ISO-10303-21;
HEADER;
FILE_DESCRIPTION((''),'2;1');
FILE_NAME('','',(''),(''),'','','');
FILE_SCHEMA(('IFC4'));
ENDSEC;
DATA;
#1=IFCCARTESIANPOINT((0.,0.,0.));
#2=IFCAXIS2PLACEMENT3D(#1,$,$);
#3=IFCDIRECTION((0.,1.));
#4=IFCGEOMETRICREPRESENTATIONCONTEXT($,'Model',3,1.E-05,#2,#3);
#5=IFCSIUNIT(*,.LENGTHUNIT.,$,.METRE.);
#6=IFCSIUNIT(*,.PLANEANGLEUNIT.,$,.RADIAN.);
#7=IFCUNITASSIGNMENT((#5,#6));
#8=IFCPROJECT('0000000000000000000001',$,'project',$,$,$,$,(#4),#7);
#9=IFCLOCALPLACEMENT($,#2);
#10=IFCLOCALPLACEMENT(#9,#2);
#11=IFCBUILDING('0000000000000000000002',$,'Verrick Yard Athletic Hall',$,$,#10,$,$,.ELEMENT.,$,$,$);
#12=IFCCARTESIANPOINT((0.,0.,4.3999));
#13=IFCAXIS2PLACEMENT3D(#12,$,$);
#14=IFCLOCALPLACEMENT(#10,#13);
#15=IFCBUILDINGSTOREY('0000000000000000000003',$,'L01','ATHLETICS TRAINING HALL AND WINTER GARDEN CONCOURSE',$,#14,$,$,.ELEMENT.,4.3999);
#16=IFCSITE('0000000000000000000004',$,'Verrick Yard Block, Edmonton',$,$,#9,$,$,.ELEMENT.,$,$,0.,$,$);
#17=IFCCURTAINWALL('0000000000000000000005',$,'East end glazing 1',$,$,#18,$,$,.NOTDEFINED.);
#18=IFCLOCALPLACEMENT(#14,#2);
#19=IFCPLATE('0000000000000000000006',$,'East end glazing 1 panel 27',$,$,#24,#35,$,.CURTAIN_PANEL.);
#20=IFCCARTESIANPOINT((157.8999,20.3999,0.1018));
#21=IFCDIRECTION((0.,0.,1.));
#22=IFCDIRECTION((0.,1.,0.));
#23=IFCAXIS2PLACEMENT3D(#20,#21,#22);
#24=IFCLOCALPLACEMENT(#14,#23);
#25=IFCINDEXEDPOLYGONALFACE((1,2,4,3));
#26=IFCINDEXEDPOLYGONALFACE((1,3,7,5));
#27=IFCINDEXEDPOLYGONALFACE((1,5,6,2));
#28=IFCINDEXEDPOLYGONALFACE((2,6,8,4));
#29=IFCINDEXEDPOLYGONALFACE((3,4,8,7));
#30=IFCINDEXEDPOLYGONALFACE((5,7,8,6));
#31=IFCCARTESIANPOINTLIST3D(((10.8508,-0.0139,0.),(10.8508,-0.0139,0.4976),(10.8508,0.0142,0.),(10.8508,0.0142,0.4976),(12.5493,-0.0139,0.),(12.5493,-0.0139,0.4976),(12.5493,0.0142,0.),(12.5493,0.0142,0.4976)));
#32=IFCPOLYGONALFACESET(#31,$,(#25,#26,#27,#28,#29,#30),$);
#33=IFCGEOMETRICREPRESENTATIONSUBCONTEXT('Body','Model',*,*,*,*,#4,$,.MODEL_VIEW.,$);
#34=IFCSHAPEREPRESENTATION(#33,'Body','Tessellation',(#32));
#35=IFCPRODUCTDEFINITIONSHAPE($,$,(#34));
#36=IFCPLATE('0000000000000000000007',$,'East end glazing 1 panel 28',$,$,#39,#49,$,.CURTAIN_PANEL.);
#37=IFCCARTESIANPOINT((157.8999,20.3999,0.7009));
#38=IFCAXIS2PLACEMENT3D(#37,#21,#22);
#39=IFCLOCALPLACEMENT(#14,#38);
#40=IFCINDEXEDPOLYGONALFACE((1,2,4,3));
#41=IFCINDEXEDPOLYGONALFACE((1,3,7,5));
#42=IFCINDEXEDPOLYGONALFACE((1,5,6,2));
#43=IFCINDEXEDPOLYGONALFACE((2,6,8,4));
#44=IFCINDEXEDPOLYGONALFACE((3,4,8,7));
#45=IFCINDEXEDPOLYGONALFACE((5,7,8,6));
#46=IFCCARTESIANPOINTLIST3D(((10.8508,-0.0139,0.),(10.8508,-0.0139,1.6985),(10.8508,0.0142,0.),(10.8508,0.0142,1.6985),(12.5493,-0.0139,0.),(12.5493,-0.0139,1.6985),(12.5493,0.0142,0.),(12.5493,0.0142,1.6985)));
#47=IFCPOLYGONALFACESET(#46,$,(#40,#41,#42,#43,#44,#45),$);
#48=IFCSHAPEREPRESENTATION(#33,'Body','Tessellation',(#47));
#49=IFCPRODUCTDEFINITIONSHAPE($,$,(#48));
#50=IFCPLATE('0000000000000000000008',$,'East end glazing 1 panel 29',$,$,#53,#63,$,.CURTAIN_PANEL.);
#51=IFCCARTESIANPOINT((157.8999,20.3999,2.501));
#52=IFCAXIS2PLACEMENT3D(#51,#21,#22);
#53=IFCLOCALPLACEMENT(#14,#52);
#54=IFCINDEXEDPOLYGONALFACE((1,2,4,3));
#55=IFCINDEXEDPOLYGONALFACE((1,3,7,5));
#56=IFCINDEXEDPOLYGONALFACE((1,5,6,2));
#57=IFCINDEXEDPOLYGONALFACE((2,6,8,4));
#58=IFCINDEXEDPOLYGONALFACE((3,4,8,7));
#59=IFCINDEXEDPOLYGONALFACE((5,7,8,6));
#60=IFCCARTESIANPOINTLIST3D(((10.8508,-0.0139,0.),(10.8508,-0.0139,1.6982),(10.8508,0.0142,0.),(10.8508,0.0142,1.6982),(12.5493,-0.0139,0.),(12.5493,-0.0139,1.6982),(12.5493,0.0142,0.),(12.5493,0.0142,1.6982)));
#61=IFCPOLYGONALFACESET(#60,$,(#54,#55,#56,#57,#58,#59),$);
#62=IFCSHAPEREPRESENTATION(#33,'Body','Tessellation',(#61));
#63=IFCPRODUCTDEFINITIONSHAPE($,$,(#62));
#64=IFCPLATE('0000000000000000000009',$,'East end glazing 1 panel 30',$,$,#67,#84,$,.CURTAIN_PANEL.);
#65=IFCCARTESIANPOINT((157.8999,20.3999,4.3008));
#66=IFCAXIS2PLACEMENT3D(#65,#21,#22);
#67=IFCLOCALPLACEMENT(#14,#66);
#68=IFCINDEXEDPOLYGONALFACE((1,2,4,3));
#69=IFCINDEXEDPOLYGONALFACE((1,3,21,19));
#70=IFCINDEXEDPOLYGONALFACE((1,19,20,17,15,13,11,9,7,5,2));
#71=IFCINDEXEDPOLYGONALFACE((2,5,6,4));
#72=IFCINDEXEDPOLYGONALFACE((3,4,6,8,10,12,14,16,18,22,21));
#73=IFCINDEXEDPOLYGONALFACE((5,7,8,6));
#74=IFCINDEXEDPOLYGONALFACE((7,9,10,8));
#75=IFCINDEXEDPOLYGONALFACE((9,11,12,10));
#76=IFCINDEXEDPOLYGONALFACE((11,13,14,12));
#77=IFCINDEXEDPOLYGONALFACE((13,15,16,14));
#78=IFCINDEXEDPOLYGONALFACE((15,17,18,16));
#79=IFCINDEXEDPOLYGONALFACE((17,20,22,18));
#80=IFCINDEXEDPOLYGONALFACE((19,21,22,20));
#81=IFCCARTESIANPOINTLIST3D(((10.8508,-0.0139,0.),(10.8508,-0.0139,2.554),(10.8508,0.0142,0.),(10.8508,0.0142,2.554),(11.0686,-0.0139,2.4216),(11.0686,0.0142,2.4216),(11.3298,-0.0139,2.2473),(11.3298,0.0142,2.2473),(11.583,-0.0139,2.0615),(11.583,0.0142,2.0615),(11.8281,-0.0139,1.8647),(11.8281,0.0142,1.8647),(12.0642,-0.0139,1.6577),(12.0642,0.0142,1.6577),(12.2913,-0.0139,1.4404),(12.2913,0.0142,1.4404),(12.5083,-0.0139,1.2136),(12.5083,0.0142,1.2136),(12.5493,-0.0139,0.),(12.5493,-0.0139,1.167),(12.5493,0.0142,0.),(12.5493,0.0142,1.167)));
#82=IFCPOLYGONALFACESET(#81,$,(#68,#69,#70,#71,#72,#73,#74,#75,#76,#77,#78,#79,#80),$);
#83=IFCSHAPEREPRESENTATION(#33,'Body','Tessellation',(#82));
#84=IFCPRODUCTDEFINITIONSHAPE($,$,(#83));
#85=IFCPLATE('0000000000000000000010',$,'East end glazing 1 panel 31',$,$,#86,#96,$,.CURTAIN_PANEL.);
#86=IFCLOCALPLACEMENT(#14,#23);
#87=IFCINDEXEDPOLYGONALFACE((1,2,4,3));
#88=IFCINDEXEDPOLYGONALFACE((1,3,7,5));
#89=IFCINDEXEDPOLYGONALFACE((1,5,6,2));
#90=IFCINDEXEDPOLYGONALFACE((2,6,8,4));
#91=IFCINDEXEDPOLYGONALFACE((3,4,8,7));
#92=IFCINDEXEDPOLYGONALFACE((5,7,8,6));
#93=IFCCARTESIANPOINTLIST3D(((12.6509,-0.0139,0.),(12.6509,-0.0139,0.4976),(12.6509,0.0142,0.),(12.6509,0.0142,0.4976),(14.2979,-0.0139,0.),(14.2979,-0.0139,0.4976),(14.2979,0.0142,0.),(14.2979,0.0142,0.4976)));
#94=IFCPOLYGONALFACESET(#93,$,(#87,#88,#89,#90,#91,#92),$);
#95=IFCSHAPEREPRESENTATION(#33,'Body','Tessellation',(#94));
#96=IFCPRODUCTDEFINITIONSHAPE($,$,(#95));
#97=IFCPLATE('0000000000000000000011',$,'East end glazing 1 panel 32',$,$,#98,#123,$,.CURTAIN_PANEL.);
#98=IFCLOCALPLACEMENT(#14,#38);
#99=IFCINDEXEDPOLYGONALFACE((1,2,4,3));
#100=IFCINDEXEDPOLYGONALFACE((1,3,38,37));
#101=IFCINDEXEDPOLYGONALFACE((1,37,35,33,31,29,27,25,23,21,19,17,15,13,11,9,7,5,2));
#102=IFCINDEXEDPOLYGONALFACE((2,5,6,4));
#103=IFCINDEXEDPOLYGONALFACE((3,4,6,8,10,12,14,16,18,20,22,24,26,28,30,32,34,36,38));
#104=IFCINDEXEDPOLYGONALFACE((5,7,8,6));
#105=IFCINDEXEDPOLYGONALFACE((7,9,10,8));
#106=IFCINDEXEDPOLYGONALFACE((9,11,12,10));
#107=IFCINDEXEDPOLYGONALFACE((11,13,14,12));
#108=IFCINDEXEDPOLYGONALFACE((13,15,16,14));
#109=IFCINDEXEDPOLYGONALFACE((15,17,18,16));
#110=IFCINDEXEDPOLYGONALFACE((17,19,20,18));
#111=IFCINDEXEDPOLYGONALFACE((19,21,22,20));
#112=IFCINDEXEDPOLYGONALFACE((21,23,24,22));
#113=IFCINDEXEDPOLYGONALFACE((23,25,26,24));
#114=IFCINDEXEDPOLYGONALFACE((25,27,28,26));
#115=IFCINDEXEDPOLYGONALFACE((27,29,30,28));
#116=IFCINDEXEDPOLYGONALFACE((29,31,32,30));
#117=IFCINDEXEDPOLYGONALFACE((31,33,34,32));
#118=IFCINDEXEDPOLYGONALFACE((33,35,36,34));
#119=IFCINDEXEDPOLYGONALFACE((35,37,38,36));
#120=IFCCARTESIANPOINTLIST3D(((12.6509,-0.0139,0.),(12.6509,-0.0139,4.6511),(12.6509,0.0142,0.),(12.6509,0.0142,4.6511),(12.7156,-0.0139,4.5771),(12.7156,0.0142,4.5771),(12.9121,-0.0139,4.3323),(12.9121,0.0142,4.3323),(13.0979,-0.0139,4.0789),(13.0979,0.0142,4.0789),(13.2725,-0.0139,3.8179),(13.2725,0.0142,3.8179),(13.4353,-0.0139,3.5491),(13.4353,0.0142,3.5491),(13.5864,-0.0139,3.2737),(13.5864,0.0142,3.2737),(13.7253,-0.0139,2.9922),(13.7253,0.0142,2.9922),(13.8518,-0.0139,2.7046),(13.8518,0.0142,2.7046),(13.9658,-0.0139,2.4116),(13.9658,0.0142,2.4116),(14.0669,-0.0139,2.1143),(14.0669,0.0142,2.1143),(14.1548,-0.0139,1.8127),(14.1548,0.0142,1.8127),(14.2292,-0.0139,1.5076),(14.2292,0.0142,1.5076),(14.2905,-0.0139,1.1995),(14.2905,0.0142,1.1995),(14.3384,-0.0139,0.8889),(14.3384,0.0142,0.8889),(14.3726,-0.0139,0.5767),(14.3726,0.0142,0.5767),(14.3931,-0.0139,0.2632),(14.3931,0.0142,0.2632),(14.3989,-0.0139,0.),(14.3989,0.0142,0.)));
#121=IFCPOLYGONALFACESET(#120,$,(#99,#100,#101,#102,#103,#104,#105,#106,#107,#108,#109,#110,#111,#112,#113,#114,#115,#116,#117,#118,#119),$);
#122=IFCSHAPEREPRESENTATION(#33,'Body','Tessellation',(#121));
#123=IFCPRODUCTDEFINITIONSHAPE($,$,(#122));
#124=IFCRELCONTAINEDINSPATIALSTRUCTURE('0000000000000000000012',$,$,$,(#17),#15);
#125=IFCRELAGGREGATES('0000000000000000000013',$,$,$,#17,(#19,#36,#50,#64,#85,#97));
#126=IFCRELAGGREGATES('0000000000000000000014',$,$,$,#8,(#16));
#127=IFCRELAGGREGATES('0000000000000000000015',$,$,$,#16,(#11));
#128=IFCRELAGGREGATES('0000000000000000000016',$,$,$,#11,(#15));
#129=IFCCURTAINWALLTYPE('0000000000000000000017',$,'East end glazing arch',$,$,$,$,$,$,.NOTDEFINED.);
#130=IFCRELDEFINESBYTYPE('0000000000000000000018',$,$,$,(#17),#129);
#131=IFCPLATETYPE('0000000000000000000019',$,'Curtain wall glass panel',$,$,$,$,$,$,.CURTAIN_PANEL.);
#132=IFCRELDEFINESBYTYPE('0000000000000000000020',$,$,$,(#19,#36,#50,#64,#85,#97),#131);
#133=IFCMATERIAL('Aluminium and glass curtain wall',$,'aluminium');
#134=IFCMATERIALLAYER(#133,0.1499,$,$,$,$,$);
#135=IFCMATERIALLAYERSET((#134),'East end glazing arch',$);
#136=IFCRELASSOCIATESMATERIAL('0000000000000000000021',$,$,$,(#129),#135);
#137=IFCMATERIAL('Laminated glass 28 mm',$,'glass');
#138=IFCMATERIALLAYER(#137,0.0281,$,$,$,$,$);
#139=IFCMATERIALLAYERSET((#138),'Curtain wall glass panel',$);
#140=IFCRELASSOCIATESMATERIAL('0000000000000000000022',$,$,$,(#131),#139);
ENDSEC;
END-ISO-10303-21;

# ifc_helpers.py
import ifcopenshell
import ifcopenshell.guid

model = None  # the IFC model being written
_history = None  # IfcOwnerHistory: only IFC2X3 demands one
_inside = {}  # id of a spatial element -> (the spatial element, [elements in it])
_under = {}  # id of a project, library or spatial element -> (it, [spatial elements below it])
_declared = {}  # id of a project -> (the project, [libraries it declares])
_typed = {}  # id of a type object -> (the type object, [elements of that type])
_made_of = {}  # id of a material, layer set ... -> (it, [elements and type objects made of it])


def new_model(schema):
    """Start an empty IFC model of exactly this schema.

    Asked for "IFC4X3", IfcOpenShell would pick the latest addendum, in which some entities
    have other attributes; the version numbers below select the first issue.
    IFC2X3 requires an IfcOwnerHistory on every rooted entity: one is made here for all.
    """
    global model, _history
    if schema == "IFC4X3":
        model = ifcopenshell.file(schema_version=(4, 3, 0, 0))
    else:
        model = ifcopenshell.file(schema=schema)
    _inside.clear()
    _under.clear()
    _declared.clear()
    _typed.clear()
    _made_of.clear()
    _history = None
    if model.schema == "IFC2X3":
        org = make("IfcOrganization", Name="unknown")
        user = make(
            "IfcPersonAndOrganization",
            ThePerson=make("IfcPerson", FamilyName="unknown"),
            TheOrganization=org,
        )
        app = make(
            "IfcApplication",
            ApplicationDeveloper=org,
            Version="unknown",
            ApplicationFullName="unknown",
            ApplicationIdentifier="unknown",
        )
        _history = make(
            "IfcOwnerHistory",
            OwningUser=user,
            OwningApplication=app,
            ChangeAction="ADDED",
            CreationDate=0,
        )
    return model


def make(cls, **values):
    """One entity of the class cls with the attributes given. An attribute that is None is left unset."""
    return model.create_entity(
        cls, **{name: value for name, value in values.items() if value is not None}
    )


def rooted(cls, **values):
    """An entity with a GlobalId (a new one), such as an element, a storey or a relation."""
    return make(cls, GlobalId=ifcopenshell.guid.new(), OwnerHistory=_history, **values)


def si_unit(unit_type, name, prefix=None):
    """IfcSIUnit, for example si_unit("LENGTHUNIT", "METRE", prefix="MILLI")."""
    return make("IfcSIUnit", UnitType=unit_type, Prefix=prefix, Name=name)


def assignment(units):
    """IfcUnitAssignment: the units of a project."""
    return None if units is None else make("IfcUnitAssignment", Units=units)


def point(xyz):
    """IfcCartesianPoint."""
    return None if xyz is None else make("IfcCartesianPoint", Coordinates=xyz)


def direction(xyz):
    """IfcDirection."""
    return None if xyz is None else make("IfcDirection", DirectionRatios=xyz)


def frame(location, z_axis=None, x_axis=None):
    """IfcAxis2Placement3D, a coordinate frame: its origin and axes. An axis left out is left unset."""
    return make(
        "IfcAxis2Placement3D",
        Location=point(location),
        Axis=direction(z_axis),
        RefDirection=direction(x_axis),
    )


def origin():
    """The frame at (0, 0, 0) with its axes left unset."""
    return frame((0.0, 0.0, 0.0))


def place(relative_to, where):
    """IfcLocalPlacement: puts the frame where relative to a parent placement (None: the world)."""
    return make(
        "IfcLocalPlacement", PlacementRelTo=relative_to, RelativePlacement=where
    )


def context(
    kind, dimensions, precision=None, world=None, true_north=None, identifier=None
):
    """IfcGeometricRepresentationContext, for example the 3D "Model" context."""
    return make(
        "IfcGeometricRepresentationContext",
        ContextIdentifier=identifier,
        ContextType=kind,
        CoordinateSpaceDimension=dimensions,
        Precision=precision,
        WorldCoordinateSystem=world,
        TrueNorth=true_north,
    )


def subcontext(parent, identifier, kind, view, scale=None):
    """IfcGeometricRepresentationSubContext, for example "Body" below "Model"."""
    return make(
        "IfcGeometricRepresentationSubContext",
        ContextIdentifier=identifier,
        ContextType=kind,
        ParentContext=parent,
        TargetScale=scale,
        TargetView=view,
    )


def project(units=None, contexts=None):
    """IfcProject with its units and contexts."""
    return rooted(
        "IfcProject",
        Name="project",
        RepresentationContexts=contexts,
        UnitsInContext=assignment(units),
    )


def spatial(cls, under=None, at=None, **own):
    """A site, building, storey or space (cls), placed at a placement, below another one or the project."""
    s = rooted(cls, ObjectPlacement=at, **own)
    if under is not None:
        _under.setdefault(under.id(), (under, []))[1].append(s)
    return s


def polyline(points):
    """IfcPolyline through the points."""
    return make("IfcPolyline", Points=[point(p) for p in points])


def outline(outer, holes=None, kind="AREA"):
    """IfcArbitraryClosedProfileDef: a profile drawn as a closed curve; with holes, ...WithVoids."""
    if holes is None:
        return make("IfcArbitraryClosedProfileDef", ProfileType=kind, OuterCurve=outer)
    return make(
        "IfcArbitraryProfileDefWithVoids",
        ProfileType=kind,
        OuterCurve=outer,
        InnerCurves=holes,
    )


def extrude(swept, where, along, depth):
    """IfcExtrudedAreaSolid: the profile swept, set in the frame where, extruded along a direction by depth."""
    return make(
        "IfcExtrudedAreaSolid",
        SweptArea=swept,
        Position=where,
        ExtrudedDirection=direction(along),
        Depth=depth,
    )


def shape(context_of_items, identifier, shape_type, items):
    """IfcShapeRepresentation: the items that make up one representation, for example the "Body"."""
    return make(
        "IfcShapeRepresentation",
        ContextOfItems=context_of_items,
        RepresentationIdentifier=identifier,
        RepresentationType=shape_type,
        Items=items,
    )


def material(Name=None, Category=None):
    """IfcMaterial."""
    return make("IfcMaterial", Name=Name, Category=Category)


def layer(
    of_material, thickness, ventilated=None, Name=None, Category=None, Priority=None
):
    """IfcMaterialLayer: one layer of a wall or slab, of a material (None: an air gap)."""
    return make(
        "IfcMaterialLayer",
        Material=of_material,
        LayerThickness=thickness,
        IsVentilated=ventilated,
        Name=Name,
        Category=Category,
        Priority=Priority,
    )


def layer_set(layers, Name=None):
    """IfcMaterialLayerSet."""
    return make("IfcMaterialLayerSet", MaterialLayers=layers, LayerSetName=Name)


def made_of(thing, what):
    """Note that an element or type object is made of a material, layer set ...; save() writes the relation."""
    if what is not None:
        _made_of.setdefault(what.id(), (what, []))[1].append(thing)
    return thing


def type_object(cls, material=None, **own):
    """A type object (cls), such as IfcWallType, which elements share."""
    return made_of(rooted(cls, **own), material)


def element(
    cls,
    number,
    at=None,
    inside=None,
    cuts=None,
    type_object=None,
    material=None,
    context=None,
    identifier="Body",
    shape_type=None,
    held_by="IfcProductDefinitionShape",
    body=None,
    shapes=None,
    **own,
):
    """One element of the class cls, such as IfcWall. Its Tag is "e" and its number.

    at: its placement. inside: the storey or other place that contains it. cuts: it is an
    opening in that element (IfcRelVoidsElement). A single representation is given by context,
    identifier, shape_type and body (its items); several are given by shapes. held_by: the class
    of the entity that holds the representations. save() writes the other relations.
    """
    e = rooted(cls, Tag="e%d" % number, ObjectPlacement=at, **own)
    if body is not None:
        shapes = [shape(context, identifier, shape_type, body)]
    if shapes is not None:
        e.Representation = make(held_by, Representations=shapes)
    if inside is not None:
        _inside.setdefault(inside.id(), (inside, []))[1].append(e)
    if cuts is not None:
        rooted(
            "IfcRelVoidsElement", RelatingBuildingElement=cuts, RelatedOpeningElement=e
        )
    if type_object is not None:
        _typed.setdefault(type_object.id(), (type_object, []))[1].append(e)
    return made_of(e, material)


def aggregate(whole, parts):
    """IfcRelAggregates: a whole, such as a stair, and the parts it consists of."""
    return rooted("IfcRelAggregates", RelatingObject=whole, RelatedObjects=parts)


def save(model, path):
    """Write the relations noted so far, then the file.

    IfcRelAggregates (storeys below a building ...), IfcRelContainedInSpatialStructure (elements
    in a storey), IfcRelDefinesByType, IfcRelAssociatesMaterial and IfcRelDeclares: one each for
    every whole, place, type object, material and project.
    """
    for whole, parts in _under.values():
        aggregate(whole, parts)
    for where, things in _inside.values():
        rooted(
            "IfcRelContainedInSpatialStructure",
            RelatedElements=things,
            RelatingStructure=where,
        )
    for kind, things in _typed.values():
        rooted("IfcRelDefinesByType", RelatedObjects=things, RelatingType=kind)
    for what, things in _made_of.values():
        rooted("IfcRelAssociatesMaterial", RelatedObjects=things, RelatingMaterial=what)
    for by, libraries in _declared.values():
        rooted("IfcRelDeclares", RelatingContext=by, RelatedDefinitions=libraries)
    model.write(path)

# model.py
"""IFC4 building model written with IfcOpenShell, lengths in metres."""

from ifc_helpers import new_model, si_unit, direction, frame, origin, place, context, subcontext, project, spatial, polyline, outline, extrude, material, layer, layer_set, type_object, element, aggregate, save


model = new_model("IFC4")

# Units and contexts
model_context = context("Model", 3, precision=1e-05, world=origin(), true_north=direction((0.0, 1.0)))
body_context = subcontext(model_context, "Body", "Model", "MODEL_VIEW")
ifc_project = project(units=[si_unit("LENGTHUNIT", "METRE"), si_unit("PLANEANGLEUNIT", "RADIAN")], contexts=[model_context])

# Site, building, storey
site_placement = place(None, origin())
site = spatial("IfcSite", under=ifc_project, at=site_placement, Name="Verrick Yard Block, Edmonton", CompositionType="ELEMENT", RefElevation=0.0)
building_placement = place(site_placement, origin())
building = spatial("IfcBuilding", under=site, at=building_placement, Name="Verrick Yard Athletic Hall", CompositionType="ELEMENT")
storey_placement = place(building_placement, frame((0.0, 0.0, 4.3999)))
storey = spatial("IfcBuildingStorey", under=building, at=storey_placement, Name="L01", Description="ATHLETICS TRAINING HALL AND WINTER GARDEN CONCOURSE", CompositionType="ELEMENT", Elevation=4.3999)

# Curtain wall
ifc_material_1 = material(Name="Aluminium and glass curtain wall", Category="aluminium")
ifc_layer_1 = layer(ifc_material_1, 0.1499)
ifc_layer_set_1 = layer_set([ifc_layer_1], Name="East end glazing arch")
curtain_wall_type_1 = type_object("IfcCurtainWallType", Name="East end glazing arch", PredefinedType="NOTDEFINED", material=ifc_layer_set_1)
curtain_wall_1_placement = place(storey_placement, origin())
curtain_wall_1 = element("IfcCurtainWall", 1, at=curtain_wall_1_placement, inside=storey, type_object=curtain_wall_type_1, Name="East end glazing 1", PredefinedType="NOTDEFINED")

# Plates
ifc_material_2 = material(Name="Laminated glass 28 mm", Category="glass")
ifc_layer_2 = layer(ifc_material_2, 0.0281)
ifc_layer_set_2 = layer_set([ifc_layer_2], Name="Curtain wall glass panel")
plate_type_1 = type_object("IfcPlateType", Name="Curtain wall glass panel", PredefinedType="CURTAIN_PANEL", material=ifc_layer_set_2)
plate_1_placement = place(storey_placement, frame((157.8999, 20.3999, 0.1018), z_axis=(0.0, 0.0, 1.0), x_axis=(0.0, 1.0, 0.0)))
plate_1 = element("IfcPlate", 2, at=plate_1_placement, type_object=plate_type_1, Name="East end glazing 1 panel 27", PredefinedType="CURTAIN_PANEL", context=body_context, shape_type="SweptSolid", body=[
    extrude(outline(polyline([(12.5493, 0.0), (12.5493, 0.4976), (10.8508, 0.4976), (10.8508, 0.0), (12.5493, 0.0)])), frame((0.0, 0.0142, 0.0), z_axis=(0.0, -1.0, 0.0), x_axis=(1.0, 0.0, 0.0)), (0.0, 0.0, 1.0), 0.0281),
])
plate_2_placement = place(storey_placement, frame((157.8999, 20.3999, 0.7009), z_axis=(0.0, 0.0, 1.0), x_axis=(0.0, 1.0, 0.0)))
plate_2 = element("IfcPlate", 3, at=plate_2_placement, type_object=plate_type_1, Name="East end glazing 1 panel 28", PredefinedType="CURTAIN_PANEL", context=body_context, shape_type="SweptSolid", body=[
    extrude(outline(polyline([(12.5493, 0.0), (12.5493, 1.6985), (10.8508, 1.6985), (10.8508, 0.0), (12.5493, 0.0)])), frame((0.0, 0.0142, 0.0), z_axis=(0.0, -1.0, 0.0), x_axis=(1.0, 0.0, 0.0)), (0.0, 0.0, 1.0), 0.0281),
])
plate_3_placement = place(storey_placement, frame((157.8999, 20.3999, 2.501), z_axis=(0.0, 0.0, 1.0), x_axis=(0.0, 1.0, 0.0)))
plate_3 = element("IfcPlate", 4, at=plate_3_placement, type_object=plate_type_1, Name="East end glazing 1 panel 29", PredefinedType="CURTAIN_PANEL", context=body_context, shape_type="SweptSolid", body=[
    extrude(outline(polyline([(12.5493, 0.0), (12.5493, 1.6982), (10.8508, 1.6982), (10.8508, 0.0), (12.5493, 0.0)])), frame((0.0, 0.0142, 0.0), z_axis=(0.0, -1.0, 0.0), x_axis=(1.0, 0.0, 0.0)), (0.0, 0.0, 1.0), 0.0281),
])
plate_4_placement = place(storey_placement, frame((157.8999, 20.3999, 4.3008), z_axis=(0.0, 0.0, 1.0), x_axis=(0.0, 1.0, 0.0)))
plate_4 = element("IfcPlate", 5, at=plate_4_placement, type_object=plate_type_1, Name="East end glazing 1 panel 30", PredefinedType="CURTAIN_PANEL", context=body_context, shape_type="SweptSolid", body=[
    extrude(outline(polyline([(12.5493, 1.167), (12.5083, 1.2136), (12.2913, 1.4404), (12.0642, 1.6577), (11.8281, 1.8647), (11.583, 2.0615), (11.3298, 2.2473), (11.0686, 2.4216), (10.8508, 2.554), (10.8508, 0.0), (12.5493, 0.0), (12.5493, 1.167)])), frame((0.0, 0.0142, 0.0), z_axis=(0.0, -1.0, 0.0), x_axis=(1.0, 0.0, 0.0)), (0.0, 0.0, 1.0), 0.0281),
])
plate_5_placement = place(storey_placement, frame((157.8999, 20.3999, 0.1018), z_axis=(0.0, 0.0, 1.0), x_axis=(0.0, 1.0, 0.0)))
plate_5 = element("IfcPlate", 6, at=plate_5_placement, type_object=plate_type_1, Name="East end glazing 1 panel 31", PredefinedType="CURTAIN_PANEL", context=body_context, shape_type="SweptSolid", body=[
    extrude(outline(polyline([(14.2979, 0.0), (14.2979, 0.4976), (12.6509, 0.4976), (12.6509, 0.0), (14.2979, 0.0)])), frame((0.0, 0.0142, 0.0), z_axis=(0.0, -1.0, 0.0), x_axis=(1.0, 0.0, 0.0)), (0.0, 0.0, 1.0), 0.0281),
])
plate_6_placement = place(storey_placement, frame((157.8999, 20.3999, 0.7009), z_axis=(0.0, 0.0, 1.0), x_axis=(0.0, 1.0, 0.0)))
plate_6 = element("IfcPlate", 7, at=plate_6_placement, type_object=plate_type_1, Name="East end glazing 1 panel 32", PredefinedType="CURTAIN_PANEL", context=body_context, shape_type="SweptSolid", body=[
    extrude(outline(polyline([(14.3989, 0.0), (14.3931, 0.2632), (14.3726, 0.5767), (14.3384, 0.8889), (14.2905, 1.1995), (14.2292, 1.5076), (14.1548, 1.8127), (14.0669, 2.1143), (13.9658, 2.4116), (13.8518, 2.7046), (13.7253, 2.9922), (13.5864, 3.2737), (13.4353, 3.5491), (13.2725, 3.8179), (13.0979, 4.0789), (12.9121, 4.3323), (12.7156, 4.5771), (12.6509, 4.6511), (12.6509, 0.0), (14.3989, 0.0)])), frame((0.0, 0.0142, 0.0), z_axis=(0.0, -1.0, 0.0), x_axis=(1.0, 0.0, 0.0)), (0.0, 0.0, 1.0), 0.0281),
])
aggregate(curtain_wall_1, [plate_1, plate_2, plate_3, plate_4, plate_5, plate_6])

save(model, "model.ifc")
